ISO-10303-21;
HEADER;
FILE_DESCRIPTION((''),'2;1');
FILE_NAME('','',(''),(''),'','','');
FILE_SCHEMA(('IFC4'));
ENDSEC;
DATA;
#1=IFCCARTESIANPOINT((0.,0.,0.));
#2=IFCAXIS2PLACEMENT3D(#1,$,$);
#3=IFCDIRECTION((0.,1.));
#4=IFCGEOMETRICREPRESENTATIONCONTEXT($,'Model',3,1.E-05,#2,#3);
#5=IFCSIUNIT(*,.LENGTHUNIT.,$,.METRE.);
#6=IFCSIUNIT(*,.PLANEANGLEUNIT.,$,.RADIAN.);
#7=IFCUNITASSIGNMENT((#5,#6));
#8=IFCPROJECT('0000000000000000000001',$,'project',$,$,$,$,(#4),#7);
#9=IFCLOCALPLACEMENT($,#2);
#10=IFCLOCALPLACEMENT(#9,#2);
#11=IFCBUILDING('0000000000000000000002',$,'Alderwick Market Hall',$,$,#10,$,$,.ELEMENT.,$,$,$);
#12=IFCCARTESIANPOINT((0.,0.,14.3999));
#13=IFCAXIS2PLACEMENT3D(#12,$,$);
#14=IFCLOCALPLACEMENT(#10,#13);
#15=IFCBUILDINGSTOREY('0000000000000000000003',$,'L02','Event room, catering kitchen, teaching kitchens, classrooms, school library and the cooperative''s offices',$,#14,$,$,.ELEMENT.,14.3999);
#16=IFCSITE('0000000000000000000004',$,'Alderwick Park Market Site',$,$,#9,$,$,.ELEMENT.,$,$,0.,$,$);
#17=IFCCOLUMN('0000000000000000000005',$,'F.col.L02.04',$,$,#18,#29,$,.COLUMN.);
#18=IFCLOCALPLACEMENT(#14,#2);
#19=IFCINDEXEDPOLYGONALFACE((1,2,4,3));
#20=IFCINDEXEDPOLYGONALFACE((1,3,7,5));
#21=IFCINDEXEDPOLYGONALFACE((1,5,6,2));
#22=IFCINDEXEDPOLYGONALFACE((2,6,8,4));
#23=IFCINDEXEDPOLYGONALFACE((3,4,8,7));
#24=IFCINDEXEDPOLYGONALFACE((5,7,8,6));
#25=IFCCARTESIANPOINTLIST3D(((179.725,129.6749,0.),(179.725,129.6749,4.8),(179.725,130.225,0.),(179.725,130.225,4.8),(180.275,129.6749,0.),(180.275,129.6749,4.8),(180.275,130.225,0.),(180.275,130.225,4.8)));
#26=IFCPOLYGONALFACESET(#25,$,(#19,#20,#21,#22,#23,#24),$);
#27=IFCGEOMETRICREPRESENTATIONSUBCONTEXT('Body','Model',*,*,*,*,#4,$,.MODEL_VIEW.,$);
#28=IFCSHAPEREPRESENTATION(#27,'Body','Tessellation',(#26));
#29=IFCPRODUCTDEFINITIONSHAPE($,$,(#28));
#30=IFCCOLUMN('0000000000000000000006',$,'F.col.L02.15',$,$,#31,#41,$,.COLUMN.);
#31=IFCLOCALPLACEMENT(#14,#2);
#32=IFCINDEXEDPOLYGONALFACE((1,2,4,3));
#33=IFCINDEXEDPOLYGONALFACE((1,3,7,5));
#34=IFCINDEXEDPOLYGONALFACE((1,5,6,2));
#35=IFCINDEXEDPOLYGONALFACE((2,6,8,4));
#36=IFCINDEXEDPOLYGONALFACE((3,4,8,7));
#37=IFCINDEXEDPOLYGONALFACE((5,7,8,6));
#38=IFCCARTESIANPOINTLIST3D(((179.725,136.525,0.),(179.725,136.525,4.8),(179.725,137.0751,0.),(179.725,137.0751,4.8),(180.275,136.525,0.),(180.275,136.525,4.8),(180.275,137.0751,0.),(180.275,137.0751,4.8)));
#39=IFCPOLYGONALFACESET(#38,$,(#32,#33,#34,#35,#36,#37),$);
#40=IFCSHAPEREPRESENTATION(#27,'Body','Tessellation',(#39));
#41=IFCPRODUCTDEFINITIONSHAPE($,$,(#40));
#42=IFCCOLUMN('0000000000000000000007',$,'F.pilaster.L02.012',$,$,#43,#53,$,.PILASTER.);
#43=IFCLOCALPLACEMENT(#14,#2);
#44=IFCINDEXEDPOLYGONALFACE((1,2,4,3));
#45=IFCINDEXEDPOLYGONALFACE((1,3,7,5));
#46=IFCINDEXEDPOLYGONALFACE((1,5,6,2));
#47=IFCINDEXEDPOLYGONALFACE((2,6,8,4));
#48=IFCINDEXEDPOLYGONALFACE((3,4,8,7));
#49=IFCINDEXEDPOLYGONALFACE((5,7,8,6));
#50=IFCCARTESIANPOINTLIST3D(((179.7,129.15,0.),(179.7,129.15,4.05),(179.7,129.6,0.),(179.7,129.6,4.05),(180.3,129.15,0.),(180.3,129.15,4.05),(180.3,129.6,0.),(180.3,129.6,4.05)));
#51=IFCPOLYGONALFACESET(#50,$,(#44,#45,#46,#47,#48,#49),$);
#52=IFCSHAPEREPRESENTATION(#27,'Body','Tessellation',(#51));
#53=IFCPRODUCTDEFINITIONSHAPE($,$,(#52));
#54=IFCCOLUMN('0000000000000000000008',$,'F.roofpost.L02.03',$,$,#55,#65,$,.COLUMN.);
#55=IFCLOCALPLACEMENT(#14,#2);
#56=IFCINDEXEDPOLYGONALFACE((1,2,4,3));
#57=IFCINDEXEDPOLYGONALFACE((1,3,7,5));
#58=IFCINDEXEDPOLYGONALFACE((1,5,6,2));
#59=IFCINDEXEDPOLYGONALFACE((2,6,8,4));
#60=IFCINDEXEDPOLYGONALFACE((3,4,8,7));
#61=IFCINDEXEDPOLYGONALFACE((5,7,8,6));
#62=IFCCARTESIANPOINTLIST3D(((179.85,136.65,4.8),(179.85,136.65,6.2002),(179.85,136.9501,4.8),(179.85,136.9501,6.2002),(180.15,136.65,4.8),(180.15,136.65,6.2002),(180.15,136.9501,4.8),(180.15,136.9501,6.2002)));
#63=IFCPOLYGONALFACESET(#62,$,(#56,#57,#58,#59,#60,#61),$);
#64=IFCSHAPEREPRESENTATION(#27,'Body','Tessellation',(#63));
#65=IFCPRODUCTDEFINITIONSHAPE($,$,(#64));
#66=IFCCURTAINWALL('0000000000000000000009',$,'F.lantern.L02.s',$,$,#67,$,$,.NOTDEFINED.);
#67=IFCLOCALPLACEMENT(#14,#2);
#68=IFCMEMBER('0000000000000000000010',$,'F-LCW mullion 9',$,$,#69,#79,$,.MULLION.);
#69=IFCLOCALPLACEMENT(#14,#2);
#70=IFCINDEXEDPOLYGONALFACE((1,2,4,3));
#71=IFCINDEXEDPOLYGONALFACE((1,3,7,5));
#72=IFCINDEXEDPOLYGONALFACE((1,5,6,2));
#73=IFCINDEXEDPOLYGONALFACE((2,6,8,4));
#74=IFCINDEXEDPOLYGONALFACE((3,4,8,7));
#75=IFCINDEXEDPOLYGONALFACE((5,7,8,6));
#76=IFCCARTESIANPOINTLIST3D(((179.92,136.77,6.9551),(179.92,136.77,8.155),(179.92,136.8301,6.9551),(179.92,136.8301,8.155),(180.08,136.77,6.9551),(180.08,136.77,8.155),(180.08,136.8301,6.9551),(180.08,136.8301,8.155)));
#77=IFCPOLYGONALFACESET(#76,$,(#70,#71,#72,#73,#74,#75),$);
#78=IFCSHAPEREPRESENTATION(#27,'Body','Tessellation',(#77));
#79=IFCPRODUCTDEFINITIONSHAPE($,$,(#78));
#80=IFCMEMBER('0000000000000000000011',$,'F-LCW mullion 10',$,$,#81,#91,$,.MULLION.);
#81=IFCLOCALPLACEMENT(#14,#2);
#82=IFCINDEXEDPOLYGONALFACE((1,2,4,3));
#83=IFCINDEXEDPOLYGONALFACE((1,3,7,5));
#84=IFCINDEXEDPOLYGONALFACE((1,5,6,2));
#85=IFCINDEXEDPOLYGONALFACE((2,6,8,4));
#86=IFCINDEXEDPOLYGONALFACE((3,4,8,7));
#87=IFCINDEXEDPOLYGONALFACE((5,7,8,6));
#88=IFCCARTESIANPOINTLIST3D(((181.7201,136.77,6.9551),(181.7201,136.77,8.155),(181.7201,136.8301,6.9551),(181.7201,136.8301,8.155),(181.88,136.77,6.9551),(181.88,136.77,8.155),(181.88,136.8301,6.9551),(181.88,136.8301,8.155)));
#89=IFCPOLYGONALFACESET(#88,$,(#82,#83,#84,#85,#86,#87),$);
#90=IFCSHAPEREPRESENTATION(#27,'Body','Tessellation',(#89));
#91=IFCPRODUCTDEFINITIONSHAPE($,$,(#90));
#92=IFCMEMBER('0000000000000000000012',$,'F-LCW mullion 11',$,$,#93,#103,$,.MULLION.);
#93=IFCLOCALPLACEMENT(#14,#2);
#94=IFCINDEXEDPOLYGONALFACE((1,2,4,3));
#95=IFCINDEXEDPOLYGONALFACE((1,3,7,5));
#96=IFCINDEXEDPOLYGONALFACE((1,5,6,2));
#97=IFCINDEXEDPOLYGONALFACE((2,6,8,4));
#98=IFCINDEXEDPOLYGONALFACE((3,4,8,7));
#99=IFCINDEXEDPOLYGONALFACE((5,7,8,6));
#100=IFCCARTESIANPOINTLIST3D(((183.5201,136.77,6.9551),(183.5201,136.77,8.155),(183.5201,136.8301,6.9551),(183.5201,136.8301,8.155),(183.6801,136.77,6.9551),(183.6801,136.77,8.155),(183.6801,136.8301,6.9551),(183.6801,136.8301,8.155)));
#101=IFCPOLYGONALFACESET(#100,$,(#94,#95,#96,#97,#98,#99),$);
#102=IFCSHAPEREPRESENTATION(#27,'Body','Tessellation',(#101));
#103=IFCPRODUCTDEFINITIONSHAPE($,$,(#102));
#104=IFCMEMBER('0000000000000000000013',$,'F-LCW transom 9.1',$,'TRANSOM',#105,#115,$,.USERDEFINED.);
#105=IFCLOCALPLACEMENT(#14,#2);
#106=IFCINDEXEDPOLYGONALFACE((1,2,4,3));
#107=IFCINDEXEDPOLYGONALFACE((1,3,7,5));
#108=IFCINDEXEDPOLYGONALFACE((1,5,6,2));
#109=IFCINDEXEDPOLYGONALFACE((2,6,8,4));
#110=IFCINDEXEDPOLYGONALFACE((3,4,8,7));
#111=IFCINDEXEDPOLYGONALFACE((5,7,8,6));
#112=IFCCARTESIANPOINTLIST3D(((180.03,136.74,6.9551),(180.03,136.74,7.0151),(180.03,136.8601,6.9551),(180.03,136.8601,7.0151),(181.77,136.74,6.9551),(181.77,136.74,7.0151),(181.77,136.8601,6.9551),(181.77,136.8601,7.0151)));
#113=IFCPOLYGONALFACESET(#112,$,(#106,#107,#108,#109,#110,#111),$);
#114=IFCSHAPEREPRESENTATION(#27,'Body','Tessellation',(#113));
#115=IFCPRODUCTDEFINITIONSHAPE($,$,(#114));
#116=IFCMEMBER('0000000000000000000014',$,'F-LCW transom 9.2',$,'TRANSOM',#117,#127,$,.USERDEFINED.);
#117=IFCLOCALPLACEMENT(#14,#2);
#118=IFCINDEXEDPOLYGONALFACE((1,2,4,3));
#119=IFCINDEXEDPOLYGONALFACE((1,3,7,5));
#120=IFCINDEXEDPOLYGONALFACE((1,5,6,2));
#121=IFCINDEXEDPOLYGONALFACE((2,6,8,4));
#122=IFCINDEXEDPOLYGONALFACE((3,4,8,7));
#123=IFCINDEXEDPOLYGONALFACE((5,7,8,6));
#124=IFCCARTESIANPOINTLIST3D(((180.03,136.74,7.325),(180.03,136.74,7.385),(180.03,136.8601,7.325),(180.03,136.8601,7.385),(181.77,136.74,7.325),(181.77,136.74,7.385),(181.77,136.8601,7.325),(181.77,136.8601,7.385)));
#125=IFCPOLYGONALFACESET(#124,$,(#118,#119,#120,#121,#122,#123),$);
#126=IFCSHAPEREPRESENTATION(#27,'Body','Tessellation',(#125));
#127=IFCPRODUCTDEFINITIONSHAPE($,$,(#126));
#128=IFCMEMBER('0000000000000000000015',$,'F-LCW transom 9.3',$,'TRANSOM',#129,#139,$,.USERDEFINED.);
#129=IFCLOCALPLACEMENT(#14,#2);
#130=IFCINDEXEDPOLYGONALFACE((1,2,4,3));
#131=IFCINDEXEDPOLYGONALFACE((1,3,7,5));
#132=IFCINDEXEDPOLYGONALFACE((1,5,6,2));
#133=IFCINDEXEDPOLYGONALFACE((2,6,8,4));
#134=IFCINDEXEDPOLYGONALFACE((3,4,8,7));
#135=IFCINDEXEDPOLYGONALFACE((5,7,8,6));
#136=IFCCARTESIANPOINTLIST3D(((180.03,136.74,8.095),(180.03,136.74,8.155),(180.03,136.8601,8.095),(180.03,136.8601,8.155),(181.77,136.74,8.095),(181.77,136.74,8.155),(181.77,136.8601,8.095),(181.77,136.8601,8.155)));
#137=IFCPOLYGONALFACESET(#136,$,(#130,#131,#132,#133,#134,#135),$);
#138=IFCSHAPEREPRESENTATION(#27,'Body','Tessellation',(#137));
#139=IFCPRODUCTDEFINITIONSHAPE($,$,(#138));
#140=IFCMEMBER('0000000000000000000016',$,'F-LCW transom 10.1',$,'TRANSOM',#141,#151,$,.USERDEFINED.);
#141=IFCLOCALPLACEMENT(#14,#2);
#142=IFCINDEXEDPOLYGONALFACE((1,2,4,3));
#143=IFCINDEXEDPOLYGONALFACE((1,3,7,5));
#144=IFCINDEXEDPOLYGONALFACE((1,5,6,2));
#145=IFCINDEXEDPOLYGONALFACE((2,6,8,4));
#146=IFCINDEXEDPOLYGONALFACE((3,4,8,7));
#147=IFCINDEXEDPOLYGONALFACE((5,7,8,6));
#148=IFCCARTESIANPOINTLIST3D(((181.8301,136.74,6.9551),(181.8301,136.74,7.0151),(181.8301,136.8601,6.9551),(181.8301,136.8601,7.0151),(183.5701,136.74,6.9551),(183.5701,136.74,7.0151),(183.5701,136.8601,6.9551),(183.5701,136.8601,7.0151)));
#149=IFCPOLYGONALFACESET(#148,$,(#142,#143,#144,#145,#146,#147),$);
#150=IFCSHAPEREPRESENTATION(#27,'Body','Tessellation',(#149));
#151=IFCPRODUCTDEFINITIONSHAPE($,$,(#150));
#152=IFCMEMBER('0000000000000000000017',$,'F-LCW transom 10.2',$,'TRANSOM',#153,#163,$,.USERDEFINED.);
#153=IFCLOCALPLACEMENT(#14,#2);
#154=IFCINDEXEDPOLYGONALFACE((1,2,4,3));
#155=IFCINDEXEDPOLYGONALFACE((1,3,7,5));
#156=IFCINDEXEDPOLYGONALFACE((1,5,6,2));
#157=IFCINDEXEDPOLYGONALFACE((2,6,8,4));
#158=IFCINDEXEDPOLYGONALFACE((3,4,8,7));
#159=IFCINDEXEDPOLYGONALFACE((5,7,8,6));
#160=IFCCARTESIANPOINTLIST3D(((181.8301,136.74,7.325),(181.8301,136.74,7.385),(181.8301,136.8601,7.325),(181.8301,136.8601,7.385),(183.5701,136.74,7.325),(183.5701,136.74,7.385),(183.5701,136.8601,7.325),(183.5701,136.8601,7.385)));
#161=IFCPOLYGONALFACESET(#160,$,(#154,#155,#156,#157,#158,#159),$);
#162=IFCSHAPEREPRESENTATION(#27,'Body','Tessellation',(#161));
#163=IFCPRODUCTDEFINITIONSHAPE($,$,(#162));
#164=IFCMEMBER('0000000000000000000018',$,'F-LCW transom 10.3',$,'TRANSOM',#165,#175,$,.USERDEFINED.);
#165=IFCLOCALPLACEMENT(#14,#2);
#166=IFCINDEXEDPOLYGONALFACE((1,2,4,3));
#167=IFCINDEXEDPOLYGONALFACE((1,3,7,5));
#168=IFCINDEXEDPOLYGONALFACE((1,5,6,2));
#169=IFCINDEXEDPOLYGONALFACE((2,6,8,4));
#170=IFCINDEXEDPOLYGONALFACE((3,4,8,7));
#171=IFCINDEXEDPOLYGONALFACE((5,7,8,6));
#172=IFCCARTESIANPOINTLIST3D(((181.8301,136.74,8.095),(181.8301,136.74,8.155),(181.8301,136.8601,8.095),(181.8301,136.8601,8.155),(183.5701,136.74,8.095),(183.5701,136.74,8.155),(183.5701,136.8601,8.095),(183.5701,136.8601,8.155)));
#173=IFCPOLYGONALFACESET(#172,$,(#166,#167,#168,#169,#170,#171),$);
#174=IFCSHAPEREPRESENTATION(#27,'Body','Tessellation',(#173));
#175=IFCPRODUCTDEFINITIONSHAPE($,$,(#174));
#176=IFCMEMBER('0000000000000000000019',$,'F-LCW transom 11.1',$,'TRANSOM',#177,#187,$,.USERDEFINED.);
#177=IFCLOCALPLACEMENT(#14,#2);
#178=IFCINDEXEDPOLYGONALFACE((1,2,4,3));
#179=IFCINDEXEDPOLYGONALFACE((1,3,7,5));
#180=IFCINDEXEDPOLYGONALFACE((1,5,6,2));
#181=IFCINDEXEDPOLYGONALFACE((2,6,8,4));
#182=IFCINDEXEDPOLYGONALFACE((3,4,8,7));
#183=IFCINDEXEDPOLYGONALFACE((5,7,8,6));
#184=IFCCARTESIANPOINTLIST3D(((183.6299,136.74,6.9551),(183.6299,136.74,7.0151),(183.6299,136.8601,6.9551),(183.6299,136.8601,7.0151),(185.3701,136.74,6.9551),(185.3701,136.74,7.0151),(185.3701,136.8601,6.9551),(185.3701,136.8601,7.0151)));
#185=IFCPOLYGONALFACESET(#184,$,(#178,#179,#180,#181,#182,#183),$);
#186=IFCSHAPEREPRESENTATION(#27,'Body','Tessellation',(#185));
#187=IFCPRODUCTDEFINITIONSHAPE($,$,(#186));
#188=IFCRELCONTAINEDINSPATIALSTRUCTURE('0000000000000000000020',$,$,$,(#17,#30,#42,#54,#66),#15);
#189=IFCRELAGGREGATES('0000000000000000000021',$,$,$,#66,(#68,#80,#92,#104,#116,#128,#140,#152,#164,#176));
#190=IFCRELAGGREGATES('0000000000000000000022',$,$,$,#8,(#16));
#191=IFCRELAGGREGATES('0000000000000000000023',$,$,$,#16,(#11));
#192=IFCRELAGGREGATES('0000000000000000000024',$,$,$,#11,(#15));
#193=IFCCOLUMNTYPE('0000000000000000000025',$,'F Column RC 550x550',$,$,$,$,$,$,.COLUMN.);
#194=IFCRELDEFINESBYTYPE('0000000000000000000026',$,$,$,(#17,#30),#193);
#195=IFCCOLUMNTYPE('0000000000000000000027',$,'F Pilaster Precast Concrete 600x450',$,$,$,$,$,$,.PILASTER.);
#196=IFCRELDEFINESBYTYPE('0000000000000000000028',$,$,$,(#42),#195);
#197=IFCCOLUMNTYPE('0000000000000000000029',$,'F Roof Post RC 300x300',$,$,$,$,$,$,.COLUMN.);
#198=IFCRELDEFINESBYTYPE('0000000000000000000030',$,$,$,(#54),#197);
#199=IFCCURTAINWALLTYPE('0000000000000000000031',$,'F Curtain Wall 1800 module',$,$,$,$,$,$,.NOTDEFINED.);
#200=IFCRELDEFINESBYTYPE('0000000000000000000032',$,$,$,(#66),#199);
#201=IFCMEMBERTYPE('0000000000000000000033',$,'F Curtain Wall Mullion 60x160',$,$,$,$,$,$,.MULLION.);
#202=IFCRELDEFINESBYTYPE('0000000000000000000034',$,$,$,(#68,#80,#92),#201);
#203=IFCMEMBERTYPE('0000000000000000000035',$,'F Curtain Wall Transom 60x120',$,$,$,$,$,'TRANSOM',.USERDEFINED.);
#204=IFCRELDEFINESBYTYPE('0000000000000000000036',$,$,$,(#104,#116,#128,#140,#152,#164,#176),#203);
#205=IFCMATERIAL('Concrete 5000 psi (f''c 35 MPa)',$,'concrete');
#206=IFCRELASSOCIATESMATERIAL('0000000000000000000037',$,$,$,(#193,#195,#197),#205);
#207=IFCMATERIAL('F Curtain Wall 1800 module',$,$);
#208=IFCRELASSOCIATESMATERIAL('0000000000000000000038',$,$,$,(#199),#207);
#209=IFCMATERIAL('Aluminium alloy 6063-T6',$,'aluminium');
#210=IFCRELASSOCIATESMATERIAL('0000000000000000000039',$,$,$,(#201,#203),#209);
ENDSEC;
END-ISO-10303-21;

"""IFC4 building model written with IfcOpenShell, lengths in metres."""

from ifc_helpers import new_model, si_unit, direction, frame, origin, origin_2d, place, context, subcontext, project, spatial, rectangle, extrude, material, material_profile, profile_set, type_object, element, aggregate, save


model = new_model("IFC4")

# Units and contexts
model_context = context("Model", 3, precision=1e-05, world=origin(), true_north=direction((0.0, 1.0)))
body_context = subcontext(model_context, "Body", "Model", "MODEL_VIEW")
ifc_project = project(units=[si_unit("LENGTHUNIT", "METRE"), si_unit("PLANEANGLEUNIT", "RADIAN")], contexts=[model_context])

# Site, building, storey
site_placement = place(None, origin())
site = spatial("IfcSite", under=ifc_project, at=site_placement, Name="Alderwick Park Market Site", CompositionType="ELEMENT", RefElevation=0.0)
building_placement = place(site_placement, origin())
building = spatial("IfcBuilding", under=site, at=building_placement, Name="Alderwick Market Hall", CompositionType="ELEMENT")
storey_placement = place(building_placement, frame((0.0, 0.0, 14.3999)))
storey = spatial("IfcBuildingStorey", under=building, at=storey_placement, Name="L02", Description="Event room, catering kitchen, teaching kitchens, classrooms, school library and the cooperative's offices", CompositionType="ELEMENT", Elevation=14.3999)

# Columns
ifc_material_1 = material(Name="Concrete 5000 psi (f'c 35 MPa)", Category="concrete")
ifc_material_profile_1 = material_profile(ifc_material_1, rectangle(XDim=0.55, YDim=0.55, at=origin_2d()), Name="RC 550x550")
ifc_profile_set_1 = profile_set([ifc_material_profile_1], Name="Concrete 5000 psi (f'c 35 MPa)")
column_type_1 = type_object("IfcColumnType", Name="F Column RC 550x550", PredefinedType="COLUMN", material=ifc_profile_set_1)
for number, where, z_axis, x_axis, name in (
    (1, (180.0, 129.95, 0.0), (0.0, 0.0, 1.0), (1.0, 0.0, 0.0), "F.col.L02.04"),
    (2, (180.0, 136.8, 0.0), (0.0, 0.0, 1.0), (1.0, 0.0, 0.0), "F.col.L02.15"),
):
    element("IfcColumn", number, at=place(storey_placement, frame(where, z_axis=z_axis, x_axis=x_axis)), inside=storey, type_object=column_type_1, Name=name, PredefinedType="COLUMN", context=body_context, shape_type="SweptSolid", body=[
        extrude(rectangle(XDim=0.55, YDim=0.55, at=origin_2d()), origin(), (0.0, 0.0, 1.0), 4.8),
    ])
ifc_material_profile_2 = material_profile(ifc_material_1, rectangle(XDim=0.6001, YDim=0.45, at=origin_2d()), Name="PC 600x450")
ifc_profile_set_2 = profile_set([ifc_material_profile_2], Name="Concrete 5000 psi (f'c 35 MPa)")
column_type_2 = type_object("IfcColumnType", Name="F Pilaster Precast Concrete 600x450", PredefinedType="PILASTER", material=ifc_profile_set_2)
column_1_placement = place(storey_placement, frame((180.0, 129.375, 0.0), z_axis=(0.0, 0.0, 1.0), x_axis=(1.0, 0.0, 0.0)))
element("IfcColumn", 3, at=column_1_placement, inside=storey, type_object=column_type_2, Name="F.pilaster.L02.012", PredefinedType="PILASTER", context=body_context, shape_type="SweptSolid", body=[
    extrude(rectangle(XDim=0.6001, YDim=0.45, at=origin_2d()), origin(), (0.0, 0.0, 1.0), 4.05),
])
ifc_material_profile_3 = material_profile(ifc_material_1, rectangle(XDim=0.3, YDim=0.3, at=origin_2d()), Name="RC 300x300")
ifc_profile_set_3 = profile_set([ifc_material_profile_3], Name="Concrete 5000 psi (f'c 35 MPa)")
column_type_3 = type_object("IfcColumnType", Name="F Roof Post RC 300x300", PredefinedType="COLUMN", material=ifc_profile_set_3)
column_2_placement = place(storey_placement, frame((180.0, 136.8, 4.8), z_axis=(0.0, 0.0, 1.0), x_axis=(1.0, 0.0, 0.0)))
element("IfcColumn", 4, at=column_2_placement, inside=storey, type_object=column_type_3, Name="F.roofpost.L02.03", PredefinedType="COLUMN", context=body_context, shape_type="SweptSolid", body=[
    extrude(rectangle(XDim=0.3, YDim=0.3, at=origin_2d()), origin(), (0.0, 0.0, 1.0), 1.4001),
])

# Curtain wall, members
ifc_material_2 = material(Name="F Curtain Wall 1800 module")
curtain_wall_type = type_object("IfcCurtainWallType", Name="F Curtain Wall 1800 module", PredefinedType="NOTDEFINED", material=ifc_material_2)
curtain_wall_placement = place(storey_placement, origin())
curtain_wall = element("IfcCurtainWall", 5, at=curtain_wall_placement, inside=storey, type_object=curtain_wall_type, Name="F.lantern.L02.s", PredefinedType="NOTDEFINED")
ifc_material_3 = material(Name="Aluminium alloy 6063-T6", Category="aluminium")
ifc_material_profile_4 = material_profile(ifc_material_3, rectangle(XDim=0.0601, YDim=0.1599, at=origin_2d()), Name="AL 60x160")
ifc_profile_set_4 = profile_set([ifc_material_profile_4], Name="Aluminium alloy 6063-T6")
member_type_1 = type_object("IfcMemberType", Name="F Curtain Wall Mullion 60x160", PredefinedType="MULLION", material=ifc_profile_set_4)
member_1_placement = place(storey_placement, frame((180.0, 136.8, 6.9551), z_axis=(0.0, 0.0, 1.0), x_axis=(0.0, 1.0, 0.0)))
member_1 = element("IfcMember", 6, at=member_1_placement, type_object=member_type_1, Name="F-LCW mullion 9", PredefinedType="MULLION", context=body_context, shape_type="SweptSolid", body=[
    extrude(rectangle(XDim=0.0601, YDim=0.1599, at=origin_2d()), origin(), (0.0, 0.0, 1.0), 1.2),
])
member_2_placement = place(storey_placement, frame((181.8, 136.8, 6.9551), z_axis=(0.0, 0.0, 1.0), x_axis=(0.0, 1.0, 0.0)))
member_2 = element("IfcMember", 7, at=member_2_placement, type_object=member_type_1, Name="F-LCW mullion 10", PredefinedType="MULLION", context=body_context, shape_type="SweptSolid", body=[
    extrude(rectangle(XDim=0.0601, YDim=0.1599, at=origin_2d()), origin(), (0.0, 0.0, 1.0), 1.2),
])
member_3_placement = place(storey_placement, frame((183.6001, 136.8, 6.9551), z_axis=(0.0, 0.0, 1.0), x_axis=(0.0, 1.0, 0.0)))
member_3 = element("IfcMember", 8, at=member_3_placement, type_object=member_type_1, Name="F-LCW mullion 11", PredefinedType="MULLION", context=body_context, shape_type="SweptSolid", body=[
    extrude(rectangle(XDim=0.0601, YDim=0.1599, at=origin_2d()), origin(), (0.0, 0.0, 1.0), 1.2),
])
ifc_material_profile_5 = material_profile(ifc_material_3, rectangle(XDim=0.1201, YDim=0.0601, at=origin_2d()), Name="AL 60x120")
ifc_profile_set_5 = profile_set([ifc_material_profile_5], Name="Aluminium alloy 6063-T6")
member_type_2 = type_object("IfcMemberType", Name="F Curtain Wall Transom 60x120", ElementType="TRANSOM", PredefinedType="USERDEFINED", material=ifc_profile_set_5)
member_4_placement = place(storey_placement, frame((180.03, 136.8, 6.9851), z_axis=(1.0, 0.0, 0.0), x_axis=(0.0, 1.0, 0.0)))
member_4 = element("IfcMember", 9, at=member_4_placement, type_object=member_type_2, Name="F-LCW transom 9.1", ObjectType="TRANSOM", PredefinedType="USERDEFINED", context=body_context, shape_type="SweptSolid", body=[
    extrude(rectangle(XDim=0.1201, YDim=0.0601, at=origin_2d()), origin(), (0.0, 0.0, 1.0), 1.74),
])
member_5_placement = place(storey_placement, frame((180.03, 136.8, 7.355), z_axis=(1.0, 0.0, 0.0), x_axis=(0.0, 1.0, 0.0)))
member_5 = element("IfcMember", 10, at=member_5_placement, type_object=member_type_2, Name="F-LCW transom 9.2", ObjectType="TRANSOM", PredefinedType="USERDEFINED", context=body_context, shape_type="SweptSolid", body=[
    extrude(rectangle(XDim=0.1201, YDim=0.0601, at=origin_2d()), origin(), (0.0, 0.0, 1.0), 1.74),
])
member_6_placement = place(storey_placement, frame((180.03, 136.8, 8.125), z_axis=(1.0, 0.0, 0.0), x_axis=(0.0, 1.0, 0.0)))
member_6 = element("IfcMember", 11, at=member_6_placement, type_object=member_type_2, Name="F-LCW transom 9.3", ObjectType="TRANSOM", PredefinedType="USERDEFINED", context=body_context, shape_type="SweptSolid", body=[
    extrude(rectangle(XDim=0.1201, YDim=0.0601, at=origin_2d()), origin(), (0.0, 0.0, 1.0), 1.74),
])
member_7_placement = place(storey_placement, frame((181.8301, 136.8, 6.9851), z_axis=(1.0, 0.0, 0.0), x_axis=(0.0, 1.0, 0.0)))
member_7 = element("IfcMember", 12, at=member_7_placement, type_object=member_type_2, Name="F-LCW transom 10.1", ObjectType="TRANSOM", PredefinedType="USERDEFINED", context=body_context, shape_type="SweptSolid", body=[
    extrude(rectangle(XDim=0.1201, YDim=0.0601, at=origin_2d()), origin(), (0.0, 0.0, 1.0), 1.74),
])
member_8_placement = place(storey_placement, frame((181.8301, 136.8, 7.355), z_axis=(1.0, 0.0, 0.0), x_axis=(0.0, 1.0, 0.0)))
member_8 = element("IfcMember", 13, at=member_8_placement, type_object=member_type_2, Name="F-LCW transom 10.2", ObjectType="TRANSOM", PredefinedType="USERDEFINED", context=body_context, shape_type="SweptSolid", body=[
    extrude(rectangle(XDim=0.1201, YDim=0.0601, at=origin_2d()), origin(), (0.0, 0.0, 1.0), 1.74),
])
member_9_placement = place(storey_placement, frame((181.8301, 136.8, 8.125), z_axis=(1.0, 0.0, 0.0), x_axis=(0.0, 1.0, 0.0)))
member_9 = element("IfcMember", 14, at=member_9_placement, type_object=member_type_2, Name="F-LCW transom 10.3", ObjectType="TRANSOM", PredefinedType="USERDEFINED", context=body_context, shape_type="SweptSolid", body=[
    extrude(rectangle(XDim=0.1201, YDim=0.0601, at=origin_2d()), origin(), (0.0, 0.0, 1.0), 1.74),
])
member_10_placement = place(storey_placement, frame((183.6299, 136.8, 6.9851), z_axis=(1.0, 0.0, 0.0), x_axis=(0.0, 1.0, 0.0)))
member_10 = element("IfcMember", 15, at=member_10_placement, type_object=member_type_2, Name="F-LCW transom 11.1", ObjectType="TRANSOM", PredefinedType="USERDEFINED", context=body_context, shape_type="SweptSolid", body=[
    extrude(rectangle(XDim=0.1201, YDim=0.0601, at=origin_2d()), origin(), (0.0, 0.0, 1.0), 1.7402),
])

aggregate(curtain_wall, [member_1, member_2, member_3, member_4, member_5, member_6, member_7, member_8, member_9, member_10])

save(model, "model.ifc")
